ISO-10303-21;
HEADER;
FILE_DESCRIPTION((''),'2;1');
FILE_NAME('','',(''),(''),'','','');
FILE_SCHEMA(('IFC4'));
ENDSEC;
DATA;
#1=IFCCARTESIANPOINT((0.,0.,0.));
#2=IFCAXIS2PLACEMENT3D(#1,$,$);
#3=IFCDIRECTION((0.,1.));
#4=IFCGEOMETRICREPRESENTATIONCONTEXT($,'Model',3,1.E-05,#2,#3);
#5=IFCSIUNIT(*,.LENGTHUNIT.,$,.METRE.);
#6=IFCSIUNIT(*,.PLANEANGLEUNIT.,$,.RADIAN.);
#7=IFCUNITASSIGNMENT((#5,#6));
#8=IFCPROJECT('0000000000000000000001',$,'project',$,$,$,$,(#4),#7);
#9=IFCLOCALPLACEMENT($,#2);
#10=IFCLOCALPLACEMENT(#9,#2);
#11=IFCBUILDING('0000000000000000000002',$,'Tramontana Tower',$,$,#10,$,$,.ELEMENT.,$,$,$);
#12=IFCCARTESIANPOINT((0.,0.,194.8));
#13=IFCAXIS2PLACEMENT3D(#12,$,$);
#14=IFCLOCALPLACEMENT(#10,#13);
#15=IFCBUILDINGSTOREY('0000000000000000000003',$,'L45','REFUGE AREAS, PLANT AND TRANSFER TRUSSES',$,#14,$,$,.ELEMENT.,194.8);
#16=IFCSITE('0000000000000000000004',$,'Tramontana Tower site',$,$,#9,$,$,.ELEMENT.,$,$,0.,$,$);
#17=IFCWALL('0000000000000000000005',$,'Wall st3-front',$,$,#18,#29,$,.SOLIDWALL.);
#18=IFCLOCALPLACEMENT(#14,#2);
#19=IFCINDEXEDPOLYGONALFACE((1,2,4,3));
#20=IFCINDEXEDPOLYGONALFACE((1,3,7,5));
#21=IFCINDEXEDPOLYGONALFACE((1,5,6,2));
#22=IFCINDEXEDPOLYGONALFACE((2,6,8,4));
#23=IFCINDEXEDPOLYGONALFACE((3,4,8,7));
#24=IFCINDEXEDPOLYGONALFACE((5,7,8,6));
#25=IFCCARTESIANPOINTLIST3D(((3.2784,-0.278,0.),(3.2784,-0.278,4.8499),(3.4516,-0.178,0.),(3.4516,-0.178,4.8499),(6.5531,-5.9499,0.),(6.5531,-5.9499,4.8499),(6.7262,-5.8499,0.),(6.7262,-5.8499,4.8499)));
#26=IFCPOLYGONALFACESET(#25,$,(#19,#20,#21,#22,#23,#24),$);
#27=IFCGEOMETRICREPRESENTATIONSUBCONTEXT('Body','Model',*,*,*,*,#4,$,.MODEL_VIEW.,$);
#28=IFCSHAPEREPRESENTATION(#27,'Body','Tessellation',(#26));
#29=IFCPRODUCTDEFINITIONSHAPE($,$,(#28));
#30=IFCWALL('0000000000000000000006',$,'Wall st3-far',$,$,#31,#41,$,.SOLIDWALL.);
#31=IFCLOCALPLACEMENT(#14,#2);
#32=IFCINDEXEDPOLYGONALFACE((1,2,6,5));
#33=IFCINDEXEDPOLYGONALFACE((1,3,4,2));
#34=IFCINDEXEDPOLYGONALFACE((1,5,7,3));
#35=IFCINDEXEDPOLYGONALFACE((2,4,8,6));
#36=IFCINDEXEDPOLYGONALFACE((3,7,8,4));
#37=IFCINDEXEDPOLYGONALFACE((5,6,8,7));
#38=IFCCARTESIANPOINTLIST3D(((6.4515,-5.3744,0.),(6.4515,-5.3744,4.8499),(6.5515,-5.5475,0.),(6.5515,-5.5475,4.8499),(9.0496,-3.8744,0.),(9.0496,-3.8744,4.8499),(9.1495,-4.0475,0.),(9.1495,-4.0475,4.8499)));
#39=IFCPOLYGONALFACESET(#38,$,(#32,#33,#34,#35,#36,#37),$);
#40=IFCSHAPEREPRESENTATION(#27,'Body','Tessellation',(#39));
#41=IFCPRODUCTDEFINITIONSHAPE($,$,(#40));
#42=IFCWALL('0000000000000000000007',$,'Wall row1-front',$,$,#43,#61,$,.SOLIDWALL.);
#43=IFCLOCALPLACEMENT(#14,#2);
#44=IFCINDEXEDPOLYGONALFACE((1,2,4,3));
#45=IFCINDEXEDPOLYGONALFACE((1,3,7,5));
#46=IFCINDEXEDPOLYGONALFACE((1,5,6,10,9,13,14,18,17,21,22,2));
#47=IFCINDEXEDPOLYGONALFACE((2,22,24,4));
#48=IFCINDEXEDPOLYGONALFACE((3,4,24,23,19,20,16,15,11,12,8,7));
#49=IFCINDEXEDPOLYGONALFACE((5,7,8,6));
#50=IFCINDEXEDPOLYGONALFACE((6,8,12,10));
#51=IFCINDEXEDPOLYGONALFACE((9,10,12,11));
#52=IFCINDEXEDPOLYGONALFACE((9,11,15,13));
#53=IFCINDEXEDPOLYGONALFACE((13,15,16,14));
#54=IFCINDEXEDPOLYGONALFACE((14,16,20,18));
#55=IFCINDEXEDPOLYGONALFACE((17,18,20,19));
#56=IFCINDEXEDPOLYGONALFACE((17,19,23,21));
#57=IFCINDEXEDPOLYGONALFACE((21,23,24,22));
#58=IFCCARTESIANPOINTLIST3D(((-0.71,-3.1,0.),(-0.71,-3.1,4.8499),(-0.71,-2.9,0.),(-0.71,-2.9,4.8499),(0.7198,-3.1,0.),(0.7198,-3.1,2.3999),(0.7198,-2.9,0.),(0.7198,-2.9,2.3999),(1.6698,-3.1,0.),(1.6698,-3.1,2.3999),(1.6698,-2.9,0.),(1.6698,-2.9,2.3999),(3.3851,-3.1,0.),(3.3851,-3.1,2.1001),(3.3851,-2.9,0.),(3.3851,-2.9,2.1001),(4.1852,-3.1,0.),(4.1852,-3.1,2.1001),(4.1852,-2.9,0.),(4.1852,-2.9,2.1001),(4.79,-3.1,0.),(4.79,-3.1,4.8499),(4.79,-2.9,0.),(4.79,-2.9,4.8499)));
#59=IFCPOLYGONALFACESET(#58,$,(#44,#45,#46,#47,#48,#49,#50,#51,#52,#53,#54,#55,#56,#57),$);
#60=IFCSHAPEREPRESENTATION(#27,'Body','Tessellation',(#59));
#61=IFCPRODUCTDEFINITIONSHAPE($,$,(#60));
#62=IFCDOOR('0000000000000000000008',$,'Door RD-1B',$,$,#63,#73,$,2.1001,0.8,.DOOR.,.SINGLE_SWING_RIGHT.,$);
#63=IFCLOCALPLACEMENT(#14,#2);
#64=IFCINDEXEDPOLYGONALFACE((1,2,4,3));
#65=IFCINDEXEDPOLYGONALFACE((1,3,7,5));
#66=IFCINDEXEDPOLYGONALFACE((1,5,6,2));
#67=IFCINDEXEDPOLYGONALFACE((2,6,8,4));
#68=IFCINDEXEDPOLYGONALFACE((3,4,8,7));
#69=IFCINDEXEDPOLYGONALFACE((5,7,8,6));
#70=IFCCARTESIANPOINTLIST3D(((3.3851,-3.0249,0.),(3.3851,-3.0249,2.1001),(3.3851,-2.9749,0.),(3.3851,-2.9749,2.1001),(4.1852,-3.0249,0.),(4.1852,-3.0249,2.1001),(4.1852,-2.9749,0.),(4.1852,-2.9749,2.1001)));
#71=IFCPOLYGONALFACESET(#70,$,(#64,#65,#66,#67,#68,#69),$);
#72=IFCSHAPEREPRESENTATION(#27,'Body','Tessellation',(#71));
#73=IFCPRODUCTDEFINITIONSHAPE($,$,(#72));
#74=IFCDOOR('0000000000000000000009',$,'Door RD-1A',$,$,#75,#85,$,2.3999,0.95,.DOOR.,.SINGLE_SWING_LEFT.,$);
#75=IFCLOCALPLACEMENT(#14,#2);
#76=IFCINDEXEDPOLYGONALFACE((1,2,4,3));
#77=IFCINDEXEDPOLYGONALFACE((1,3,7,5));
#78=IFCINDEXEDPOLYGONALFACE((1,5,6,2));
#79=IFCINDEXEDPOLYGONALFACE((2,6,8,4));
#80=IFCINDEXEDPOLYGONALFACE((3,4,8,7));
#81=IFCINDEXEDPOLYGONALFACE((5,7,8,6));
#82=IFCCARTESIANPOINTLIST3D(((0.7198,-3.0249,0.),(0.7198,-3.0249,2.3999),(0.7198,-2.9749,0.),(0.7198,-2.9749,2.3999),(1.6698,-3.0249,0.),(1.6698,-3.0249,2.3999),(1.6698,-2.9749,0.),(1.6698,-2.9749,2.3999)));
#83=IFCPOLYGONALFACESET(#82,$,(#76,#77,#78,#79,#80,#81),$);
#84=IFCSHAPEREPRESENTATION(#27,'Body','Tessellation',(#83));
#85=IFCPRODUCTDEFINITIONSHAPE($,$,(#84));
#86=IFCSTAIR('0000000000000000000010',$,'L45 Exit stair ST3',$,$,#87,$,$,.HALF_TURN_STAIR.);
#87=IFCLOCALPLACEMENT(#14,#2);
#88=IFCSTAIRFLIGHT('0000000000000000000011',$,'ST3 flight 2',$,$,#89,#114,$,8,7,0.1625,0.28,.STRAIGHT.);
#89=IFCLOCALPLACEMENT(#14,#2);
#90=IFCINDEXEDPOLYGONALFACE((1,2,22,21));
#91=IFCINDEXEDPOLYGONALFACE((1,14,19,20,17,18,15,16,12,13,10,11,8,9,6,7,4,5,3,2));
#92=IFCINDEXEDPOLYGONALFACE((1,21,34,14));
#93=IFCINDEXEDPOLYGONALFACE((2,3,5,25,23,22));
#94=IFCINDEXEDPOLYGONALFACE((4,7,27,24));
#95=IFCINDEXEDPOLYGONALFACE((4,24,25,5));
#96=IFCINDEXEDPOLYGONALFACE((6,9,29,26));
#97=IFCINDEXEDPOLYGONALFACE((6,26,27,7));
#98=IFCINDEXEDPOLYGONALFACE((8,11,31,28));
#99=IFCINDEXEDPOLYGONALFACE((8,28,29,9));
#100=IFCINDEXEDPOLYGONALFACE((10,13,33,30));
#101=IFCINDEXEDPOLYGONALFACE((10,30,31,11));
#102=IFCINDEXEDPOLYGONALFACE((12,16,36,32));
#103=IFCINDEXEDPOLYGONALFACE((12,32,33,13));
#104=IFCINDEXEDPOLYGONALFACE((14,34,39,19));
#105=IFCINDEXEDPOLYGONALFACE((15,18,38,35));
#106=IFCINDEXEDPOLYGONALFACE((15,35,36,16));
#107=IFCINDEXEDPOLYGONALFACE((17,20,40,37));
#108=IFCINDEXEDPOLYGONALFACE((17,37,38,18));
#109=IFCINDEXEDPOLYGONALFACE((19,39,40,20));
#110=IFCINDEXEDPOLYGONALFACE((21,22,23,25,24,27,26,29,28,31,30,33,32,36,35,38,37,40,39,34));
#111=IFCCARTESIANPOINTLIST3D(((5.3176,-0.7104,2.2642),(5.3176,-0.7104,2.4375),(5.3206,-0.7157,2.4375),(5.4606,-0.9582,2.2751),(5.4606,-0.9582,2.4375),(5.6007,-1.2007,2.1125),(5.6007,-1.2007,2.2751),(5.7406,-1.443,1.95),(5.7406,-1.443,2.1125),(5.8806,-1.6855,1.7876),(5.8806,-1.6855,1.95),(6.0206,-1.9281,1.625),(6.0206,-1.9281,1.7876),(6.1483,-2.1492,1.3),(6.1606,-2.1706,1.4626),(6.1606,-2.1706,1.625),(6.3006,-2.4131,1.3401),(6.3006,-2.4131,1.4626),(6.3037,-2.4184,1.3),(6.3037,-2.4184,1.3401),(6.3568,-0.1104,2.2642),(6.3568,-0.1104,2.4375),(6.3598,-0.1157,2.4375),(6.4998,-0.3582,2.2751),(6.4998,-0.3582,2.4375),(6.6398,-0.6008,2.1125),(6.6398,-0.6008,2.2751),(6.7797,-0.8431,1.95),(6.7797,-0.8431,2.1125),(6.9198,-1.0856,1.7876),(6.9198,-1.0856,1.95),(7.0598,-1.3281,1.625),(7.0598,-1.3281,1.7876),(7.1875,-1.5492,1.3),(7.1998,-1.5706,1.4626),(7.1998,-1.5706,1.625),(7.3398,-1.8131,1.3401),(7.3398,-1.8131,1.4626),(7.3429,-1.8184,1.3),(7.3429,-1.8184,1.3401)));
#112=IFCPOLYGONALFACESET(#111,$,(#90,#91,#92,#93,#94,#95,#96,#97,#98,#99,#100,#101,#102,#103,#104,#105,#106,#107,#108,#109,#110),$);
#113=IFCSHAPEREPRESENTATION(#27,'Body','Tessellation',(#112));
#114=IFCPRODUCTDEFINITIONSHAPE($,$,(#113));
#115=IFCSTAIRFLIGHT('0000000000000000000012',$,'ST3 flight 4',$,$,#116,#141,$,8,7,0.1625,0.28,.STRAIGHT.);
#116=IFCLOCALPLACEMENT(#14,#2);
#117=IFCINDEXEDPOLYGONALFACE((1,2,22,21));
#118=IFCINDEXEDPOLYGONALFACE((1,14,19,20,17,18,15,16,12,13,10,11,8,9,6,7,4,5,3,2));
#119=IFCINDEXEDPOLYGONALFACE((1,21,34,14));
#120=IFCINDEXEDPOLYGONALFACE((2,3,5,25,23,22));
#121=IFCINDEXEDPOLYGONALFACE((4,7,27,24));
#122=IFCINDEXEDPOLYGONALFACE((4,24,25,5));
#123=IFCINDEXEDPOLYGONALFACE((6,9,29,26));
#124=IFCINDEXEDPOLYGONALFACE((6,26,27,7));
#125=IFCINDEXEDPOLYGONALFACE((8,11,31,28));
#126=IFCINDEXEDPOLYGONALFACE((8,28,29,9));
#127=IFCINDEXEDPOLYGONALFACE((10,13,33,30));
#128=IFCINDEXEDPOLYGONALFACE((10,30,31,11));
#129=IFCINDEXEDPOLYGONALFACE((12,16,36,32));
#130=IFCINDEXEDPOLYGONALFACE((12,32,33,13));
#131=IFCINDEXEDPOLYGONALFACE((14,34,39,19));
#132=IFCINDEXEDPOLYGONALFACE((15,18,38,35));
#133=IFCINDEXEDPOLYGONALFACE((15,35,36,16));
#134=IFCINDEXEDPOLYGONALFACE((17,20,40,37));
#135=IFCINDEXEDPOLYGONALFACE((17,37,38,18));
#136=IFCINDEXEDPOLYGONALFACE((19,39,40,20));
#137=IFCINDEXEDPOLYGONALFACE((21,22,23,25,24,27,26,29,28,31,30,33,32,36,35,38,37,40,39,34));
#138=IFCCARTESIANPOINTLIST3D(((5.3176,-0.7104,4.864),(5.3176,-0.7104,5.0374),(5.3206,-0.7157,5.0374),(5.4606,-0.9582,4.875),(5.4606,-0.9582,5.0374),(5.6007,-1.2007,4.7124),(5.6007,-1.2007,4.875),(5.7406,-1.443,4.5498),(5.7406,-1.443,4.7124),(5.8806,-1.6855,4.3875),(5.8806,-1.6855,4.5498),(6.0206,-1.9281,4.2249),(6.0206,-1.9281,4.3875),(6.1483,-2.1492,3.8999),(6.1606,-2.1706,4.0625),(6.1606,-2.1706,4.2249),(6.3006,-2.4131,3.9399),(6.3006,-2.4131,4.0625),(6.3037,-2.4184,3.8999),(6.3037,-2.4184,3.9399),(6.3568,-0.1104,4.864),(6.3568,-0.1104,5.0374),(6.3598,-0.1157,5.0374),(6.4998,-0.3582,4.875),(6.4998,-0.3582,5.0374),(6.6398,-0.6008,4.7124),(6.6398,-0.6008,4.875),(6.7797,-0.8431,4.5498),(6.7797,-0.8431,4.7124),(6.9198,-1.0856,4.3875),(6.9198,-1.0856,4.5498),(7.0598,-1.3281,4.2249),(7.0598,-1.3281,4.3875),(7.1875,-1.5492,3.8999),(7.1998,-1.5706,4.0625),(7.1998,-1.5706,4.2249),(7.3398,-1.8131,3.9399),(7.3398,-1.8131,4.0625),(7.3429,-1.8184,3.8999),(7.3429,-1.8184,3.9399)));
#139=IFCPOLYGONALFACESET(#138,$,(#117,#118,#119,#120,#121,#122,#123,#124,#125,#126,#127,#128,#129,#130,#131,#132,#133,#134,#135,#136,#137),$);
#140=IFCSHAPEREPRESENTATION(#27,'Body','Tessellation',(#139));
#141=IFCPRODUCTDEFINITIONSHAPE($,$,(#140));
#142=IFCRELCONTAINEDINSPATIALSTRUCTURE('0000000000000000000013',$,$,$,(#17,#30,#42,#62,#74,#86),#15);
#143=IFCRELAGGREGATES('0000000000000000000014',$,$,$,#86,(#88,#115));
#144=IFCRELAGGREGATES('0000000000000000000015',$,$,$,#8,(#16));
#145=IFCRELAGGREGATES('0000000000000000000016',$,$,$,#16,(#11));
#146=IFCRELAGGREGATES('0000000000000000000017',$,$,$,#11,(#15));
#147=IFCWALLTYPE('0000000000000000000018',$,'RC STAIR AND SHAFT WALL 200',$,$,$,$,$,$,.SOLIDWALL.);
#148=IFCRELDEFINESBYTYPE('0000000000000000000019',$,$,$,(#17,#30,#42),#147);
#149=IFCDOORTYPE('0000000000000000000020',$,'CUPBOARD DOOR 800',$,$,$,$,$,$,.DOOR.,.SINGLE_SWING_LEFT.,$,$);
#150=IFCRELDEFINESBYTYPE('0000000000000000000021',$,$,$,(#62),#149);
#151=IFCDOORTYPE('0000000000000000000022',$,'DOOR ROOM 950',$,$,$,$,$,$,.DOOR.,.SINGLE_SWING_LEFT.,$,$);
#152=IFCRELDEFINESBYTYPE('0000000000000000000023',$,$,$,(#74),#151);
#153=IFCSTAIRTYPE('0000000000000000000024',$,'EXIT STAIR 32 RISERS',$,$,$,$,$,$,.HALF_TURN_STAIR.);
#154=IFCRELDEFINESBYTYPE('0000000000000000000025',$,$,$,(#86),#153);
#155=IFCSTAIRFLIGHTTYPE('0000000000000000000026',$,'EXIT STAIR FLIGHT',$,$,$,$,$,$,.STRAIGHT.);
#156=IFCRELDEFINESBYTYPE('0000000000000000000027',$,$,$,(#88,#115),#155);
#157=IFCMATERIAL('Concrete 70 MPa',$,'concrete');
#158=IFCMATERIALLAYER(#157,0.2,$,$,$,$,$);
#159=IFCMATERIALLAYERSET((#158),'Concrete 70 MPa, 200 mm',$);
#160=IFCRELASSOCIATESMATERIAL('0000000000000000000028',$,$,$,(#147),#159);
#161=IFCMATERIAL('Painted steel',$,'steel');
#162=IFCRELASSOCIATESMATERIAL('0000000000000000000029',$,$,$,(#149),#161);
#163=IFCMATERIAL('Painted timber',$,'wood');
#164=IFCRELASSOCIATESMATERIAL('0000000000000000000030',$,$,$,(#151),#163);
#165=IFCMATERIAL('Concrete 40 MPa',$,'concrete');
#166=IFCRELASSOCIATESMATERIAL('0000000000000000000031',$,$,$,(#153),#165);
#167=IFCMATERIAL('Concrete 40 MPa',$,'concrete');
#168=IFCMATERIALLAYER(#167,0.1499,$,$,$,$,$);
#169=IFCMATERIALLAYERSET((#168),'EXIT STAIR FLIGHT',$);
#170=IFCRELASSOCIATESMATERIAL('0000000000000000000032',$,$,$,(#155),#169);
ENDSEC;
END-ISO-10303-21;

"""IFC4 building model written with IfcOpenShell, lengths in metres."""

from ifc_helpers import new_model, si_unit, direction, frame, frame_2d, origin, place, context, subcontext, project, spatial, polyline, rectangle, outline, extrude, material, layer, layer_set, type_object, element, fill, aggregate, save


model = new_model("IFC4")

# Units and contexts
model_context = context("Model", 3, precision=1e-05, world=origin(), true_north=direction((0.0, 1.0)))
body_context = subcontext(model_context, "Body", "Model", "MODEL_VIEW")
ifc_project = project(units=[si_unit("LENGTHUNIT", "METRE"), si_unit("PLANEANGLEUNIT", "RADIAN")], contexts=[model_context])

# Site, building, storey
site_placement = place(None, origin())
site = spatial("IfcSite", under=ifc_project, at=site_placement, Name="Tramontana Tower site", CompositionType="ELEMENT", RefElevation=0.0)
building_placement = place(site_placement, origin())
building = spatial("IfcBuilding", under=site, at=building_placement, Name="Tramontana Tower", CompositionType="ELEMENT")
storey_placement = place(building_placement, frame((0.0, 0.0, 194.8)))
storey = spatial("IfcBuildingStorey", under=building, at=storey_placement, Name="L45", Description="REFUGE AREAS, PLANT AND TRANSFER TRUSSES", CompositionType="ELEMENT", Elevation=194.8)

# Walls
ifc_material_1 = material(Name="Concrete 70 MPa", Category="concrete")
ifc_layer_1 = layer(ifc_material_1, 0.2)
ifc_layer_set_1 = layer_set([ifc_layer_1], Name="Concrete 70 MPa, 200 mm")
wall_type_1 = type_object("IfcWallType", Name="RC STAIR AND SHAFT WALL 200", PredefinedType="SOLIDWALL", material=ifc_layer_set_1)
wall_1_placement = place(storey_placement, frame((6.6396, -5.8999, 0.0), z_axis=(0.0, 0.0, 1.0), x_axis=(-0.5, 0.866025, 0.0)))
element("IfcWall", 1, at=wall_1_placement, inside=storey, type_object=wall_type_1, Name="Wall st3-front", PredefinedType="SOLIDWALL", context=body_context, shape_type="SweptSolid", body=[
    extrude(rectangle(XDim=6.5493, YDim=0.2, at=frame_2d((3.2747, 0.0))), origin(), (0.0, 0.0, 1.0), 4.8499),
])
wall_2_placement = place(storey_placement, frame((6.5015, -5.4609, 0.0), z_axis=(0.0, 0.0, 1.0), x_axis=(0.866031, 0.49999, 0.0)))
element("IfcWall", 2, at=wall_2_placement, inside=storey, type_object=wall_type_1, Name="Wall st3-far", PredefinedType="SOLIDWALL", context=body_context, shape_type="SweptSolid", body=[
    extrude(rectangle(XDim=3.0, YDim=0.2, at=frame_2d((1.5, 0.0))), origin(), (0.0, 0.0, 1.0), 4.8499),
])

# Wall, openings, doors
wall_3_placement = place(storey_placement, frame((4.79, -3.0, 0.0), z_axis=(0.0, 0.0, 1.0), x_axis=(-1.0, 0.0, 0.0)))
wall_3 = element("IfcWall", 3, at=wall_3_placement, inside=storey, type_object=wall_type_1, Name="Wall row1-front", PredefinedType="SOLIDWALL", context=body_context, shape_type="SweptSolid", body=[
    extrude(rectangle(XDim=5.5, YDim=0.2, at=frame_2d((2.75, 0.0))), origin(), (0.0, 0.0, 1.0), 4.8499),
])
opening_1_placement = place(wall_3_placement, frame((3.1201, 0.0, 0.0)))
opening_1 = element("IfcOpeningElement", 4, at=opening_1_placement, cuts=wall_3, PredefinedType="OPENING", context=body_context, shape_type="SweptSolid", body=[
    extrude(rectangle(XDim=0.95, YDim=2.3999, at=frame_2d((0.4751, 1.2))), frame((0.0, 0.1099, 0.0), z_axis=(0.0, -1.0, 0.0), x_axis=(1.0, 0.0, 0.0)), (0.0, 0.0, 1.0), 0.22),
])
opening_2_placement = place(wall_3_placement, frame((0.605, 0.0, 0.0)))
opening_2 = element("IfcOpeningElement", 5, at=opening_2_placement, cuts=wall_3, PredefinedType="OPENING", context=body_context, shape_type="SweptSolid", body=[
    extrude(rectangle(XDim=0.8, YDim=2.1001, at=frame_2d((0.3999, 1.05))), frame((0.0, 0.1099, 0.0), z_axis=(0.0, -1.0, 0.0), x_axis=(1.0, 0.0, 0.0)), (0.0, 0.0, 1.0), 0.22),
])
ifc_material_2 = material(Name="Painted steel", Category="steel")
door_type_1 = type_object("IfcDoorType", Name="CUPBOARD DOOR 800", OperationType="SINGLE_SWING_LEFT", PredefinedType="DOOR", material=ifc_material_2)
door_1_placement = place(opening_2_placement, origin())
door_1 = element("IfcDoor", 6, at=door_1_placement, inside=storey, type_object=door_type_1, Name="Door RD-1B", OperationType="SINGLE_SWING_RIGHT", OverallHeight=2.1001, OverallWidth=0.8, PredefinedType="DOOR", context=body_context, shape_type="SweptSolid", body=[
    extrude(rectangle(XDim=0.8, YDim=2.1001, at=frame_2d((0.3999, 1.05))), frame((0.0, 0.0249, 0.0), z_axis=(0.0, -1.0, 0.0), x_axis=(1.0, 0.0, 0.0)), (0.0, 0.0, 1.0), 0.05),
])
fill(opening_2, door_1)
ifc_material_3 = material(Name="Painted timber", Category="wood")
door_type_2 = type_object("IfcDoorType", Name="DOOR ROOM 950", OperationType="SINGLE_SWING_LEFT", PredefinedType="DOOR", material=ifc_material_3)
door_2_placement = place(opening_1_placement, origin())
door_2 = element("IfcDoor", 7, at=door_2_placement, inside=storey, type_object=door_type_2, Name="Door RD-1A", OperationType="SINGLE_SWING_LEFT", OverallHeight=2.3999, OverallWidth=0.95, PredefinedType="DOOR", context=body_context, shape_type="SweptSolid", body=[
    extrude(rectangle(XDim=0.95, YDim=2.3999, at=frame_2d((0.4751, 1.2))), frame((0.0, 0.0249, 0.0), z_axis=(0.0, -1.0, 0.0), x_axis=(1.0, 0.0, 0.0)), (0.0, 0.0, 1.0), 0.05),
])
fill(opening_1, door_2)

# Stair, stair flights
ifc_material_4 = material(Name="Concrete 40 MPa", Category="concrete")
stair_type = type_object("IfcStairType", Name="EXIT STAIR 32 RISERS", PredefinedType="HALF_TURN_STAIR", material=ifc_material_4)
stair_placement = place(storey_placement, origin())
stair = element("IfcStair", 8, at=stair_placement, inside=storey, type_object=stair_type, Name="L45 Exit stair ST3", PredefinedType="HALF_TURN_STAIR")
ifc_material_5 = material(Name="Concrete 40 MPa", Category="concrete")
ifc_layer_2 = layer(ifc_material_5, 0.1499)
ifc_layer_set_2 = layer_set([ifc_layer_2], Name="EXIT STAIR FLIGHT")
stair_flight_type = type_object("IfcStairFlightType", Name="EXIT STAIR FLIGHT", PredefinedType="STRAIGHT", material=ifc_layer_set_2)
stair_flight_1_placement = place(storey_placement, frame((6.8203, -2.113, 1.3), z_axis=(0.0, 0.0, 1.0), x_axis=(-0.5, 0.866025, 0.0)))
stair_flight_1 = element("IfcStairFlight", 9, at=stair_flight_1_placement, type_object=stair_flight_type, Name="ST3 flight 2", NumberOfRisers=8, NumberOfTreads=7, PredefinedType="STRAIGHT", RiserHeight=0.1625, TreadLength=0.28, context=body_context, shape_type="SweptSolid", body=[
    extrude(outline(polyline([(-0.0061, 0.0), (-0.0061, 0.04), (0.0, 0.04), (0.0, 0.1626), (0.28, 0.1626), (0.28, 0.325), (0.5601, 0.325), (0.5601, 0.4875), (0.8401, 0.4875), (0.8401, 0.6499), (1.1201, 0.6499), (1.1201, 0.8125), (1.3999, 0.8125), (1.3999, 0.9751), (1.6799, 0.9751), (1.6799, 1.1375), (1.96, 1.1375), (1.9661, 1.1375), (1.9661, 0.9641), (0.3047, 0.0), (-0.0061, 0.0)])), frame((0.0, 0.6001, 0.0), z_axis=(0.0, -1.0, 0.0), x_axis=(1.0, 0.0, 0.0)), (0.0, 0.0, 1.0), 1.2),
])
stair_flight_2_placement = place(storey_placement, frame((6.8203, -2.113, 3.8999), z_axis=(0.0, 0.0, 1.0), x_axis=(-0.5, 0.866025, 0.0)))
stair_flight_2 = element("IfcStairFlight", 10, at=stair_flight_2_placement, type_object=stair_flight_type, Name="ST3 flight 4", NumberOfRisers=8, NumberOfTreads=7, PredefinedType="STRAIGHT", RiserHeight=0.1625, TreadLength=0.28, context=body_context, shape_type="SweptSolid", body=[
    extrude(outline(polyline([(-0.0061, 0.0), (-0.0061, 0.04), (0.0, 0.04), (0.0, 0.1626), (0.28, 0.1626), (0.28, 0.325), (0.5601, 0.325), (0.5601, 0.4875), (0.8401, 0.4875), (0.8401, 0.6499), (1.1201, 0.6499), (1.1201, 0.8125), (1.3999, 0.8125), (1.3999, 0.9751), (1.6799, 0.9751), (1.6799, 1.1375), (1.96, 1.1375), (1.9661, 1.1375), (1.9661, 0.9641), (0.3047, 0.0), (-0.0061, 0.0)])), frame((0.0, 0.6001, 0.0), z_axis=(0.0, -1.0, 0.0), x_axis=(1.0, 0.0, 0.0)), (0.0, 0.0, 1.0), 1.2),
])
aggregate(stair, [stair_flight_1, stair_flight_2])

save(model, "model.ifc")
